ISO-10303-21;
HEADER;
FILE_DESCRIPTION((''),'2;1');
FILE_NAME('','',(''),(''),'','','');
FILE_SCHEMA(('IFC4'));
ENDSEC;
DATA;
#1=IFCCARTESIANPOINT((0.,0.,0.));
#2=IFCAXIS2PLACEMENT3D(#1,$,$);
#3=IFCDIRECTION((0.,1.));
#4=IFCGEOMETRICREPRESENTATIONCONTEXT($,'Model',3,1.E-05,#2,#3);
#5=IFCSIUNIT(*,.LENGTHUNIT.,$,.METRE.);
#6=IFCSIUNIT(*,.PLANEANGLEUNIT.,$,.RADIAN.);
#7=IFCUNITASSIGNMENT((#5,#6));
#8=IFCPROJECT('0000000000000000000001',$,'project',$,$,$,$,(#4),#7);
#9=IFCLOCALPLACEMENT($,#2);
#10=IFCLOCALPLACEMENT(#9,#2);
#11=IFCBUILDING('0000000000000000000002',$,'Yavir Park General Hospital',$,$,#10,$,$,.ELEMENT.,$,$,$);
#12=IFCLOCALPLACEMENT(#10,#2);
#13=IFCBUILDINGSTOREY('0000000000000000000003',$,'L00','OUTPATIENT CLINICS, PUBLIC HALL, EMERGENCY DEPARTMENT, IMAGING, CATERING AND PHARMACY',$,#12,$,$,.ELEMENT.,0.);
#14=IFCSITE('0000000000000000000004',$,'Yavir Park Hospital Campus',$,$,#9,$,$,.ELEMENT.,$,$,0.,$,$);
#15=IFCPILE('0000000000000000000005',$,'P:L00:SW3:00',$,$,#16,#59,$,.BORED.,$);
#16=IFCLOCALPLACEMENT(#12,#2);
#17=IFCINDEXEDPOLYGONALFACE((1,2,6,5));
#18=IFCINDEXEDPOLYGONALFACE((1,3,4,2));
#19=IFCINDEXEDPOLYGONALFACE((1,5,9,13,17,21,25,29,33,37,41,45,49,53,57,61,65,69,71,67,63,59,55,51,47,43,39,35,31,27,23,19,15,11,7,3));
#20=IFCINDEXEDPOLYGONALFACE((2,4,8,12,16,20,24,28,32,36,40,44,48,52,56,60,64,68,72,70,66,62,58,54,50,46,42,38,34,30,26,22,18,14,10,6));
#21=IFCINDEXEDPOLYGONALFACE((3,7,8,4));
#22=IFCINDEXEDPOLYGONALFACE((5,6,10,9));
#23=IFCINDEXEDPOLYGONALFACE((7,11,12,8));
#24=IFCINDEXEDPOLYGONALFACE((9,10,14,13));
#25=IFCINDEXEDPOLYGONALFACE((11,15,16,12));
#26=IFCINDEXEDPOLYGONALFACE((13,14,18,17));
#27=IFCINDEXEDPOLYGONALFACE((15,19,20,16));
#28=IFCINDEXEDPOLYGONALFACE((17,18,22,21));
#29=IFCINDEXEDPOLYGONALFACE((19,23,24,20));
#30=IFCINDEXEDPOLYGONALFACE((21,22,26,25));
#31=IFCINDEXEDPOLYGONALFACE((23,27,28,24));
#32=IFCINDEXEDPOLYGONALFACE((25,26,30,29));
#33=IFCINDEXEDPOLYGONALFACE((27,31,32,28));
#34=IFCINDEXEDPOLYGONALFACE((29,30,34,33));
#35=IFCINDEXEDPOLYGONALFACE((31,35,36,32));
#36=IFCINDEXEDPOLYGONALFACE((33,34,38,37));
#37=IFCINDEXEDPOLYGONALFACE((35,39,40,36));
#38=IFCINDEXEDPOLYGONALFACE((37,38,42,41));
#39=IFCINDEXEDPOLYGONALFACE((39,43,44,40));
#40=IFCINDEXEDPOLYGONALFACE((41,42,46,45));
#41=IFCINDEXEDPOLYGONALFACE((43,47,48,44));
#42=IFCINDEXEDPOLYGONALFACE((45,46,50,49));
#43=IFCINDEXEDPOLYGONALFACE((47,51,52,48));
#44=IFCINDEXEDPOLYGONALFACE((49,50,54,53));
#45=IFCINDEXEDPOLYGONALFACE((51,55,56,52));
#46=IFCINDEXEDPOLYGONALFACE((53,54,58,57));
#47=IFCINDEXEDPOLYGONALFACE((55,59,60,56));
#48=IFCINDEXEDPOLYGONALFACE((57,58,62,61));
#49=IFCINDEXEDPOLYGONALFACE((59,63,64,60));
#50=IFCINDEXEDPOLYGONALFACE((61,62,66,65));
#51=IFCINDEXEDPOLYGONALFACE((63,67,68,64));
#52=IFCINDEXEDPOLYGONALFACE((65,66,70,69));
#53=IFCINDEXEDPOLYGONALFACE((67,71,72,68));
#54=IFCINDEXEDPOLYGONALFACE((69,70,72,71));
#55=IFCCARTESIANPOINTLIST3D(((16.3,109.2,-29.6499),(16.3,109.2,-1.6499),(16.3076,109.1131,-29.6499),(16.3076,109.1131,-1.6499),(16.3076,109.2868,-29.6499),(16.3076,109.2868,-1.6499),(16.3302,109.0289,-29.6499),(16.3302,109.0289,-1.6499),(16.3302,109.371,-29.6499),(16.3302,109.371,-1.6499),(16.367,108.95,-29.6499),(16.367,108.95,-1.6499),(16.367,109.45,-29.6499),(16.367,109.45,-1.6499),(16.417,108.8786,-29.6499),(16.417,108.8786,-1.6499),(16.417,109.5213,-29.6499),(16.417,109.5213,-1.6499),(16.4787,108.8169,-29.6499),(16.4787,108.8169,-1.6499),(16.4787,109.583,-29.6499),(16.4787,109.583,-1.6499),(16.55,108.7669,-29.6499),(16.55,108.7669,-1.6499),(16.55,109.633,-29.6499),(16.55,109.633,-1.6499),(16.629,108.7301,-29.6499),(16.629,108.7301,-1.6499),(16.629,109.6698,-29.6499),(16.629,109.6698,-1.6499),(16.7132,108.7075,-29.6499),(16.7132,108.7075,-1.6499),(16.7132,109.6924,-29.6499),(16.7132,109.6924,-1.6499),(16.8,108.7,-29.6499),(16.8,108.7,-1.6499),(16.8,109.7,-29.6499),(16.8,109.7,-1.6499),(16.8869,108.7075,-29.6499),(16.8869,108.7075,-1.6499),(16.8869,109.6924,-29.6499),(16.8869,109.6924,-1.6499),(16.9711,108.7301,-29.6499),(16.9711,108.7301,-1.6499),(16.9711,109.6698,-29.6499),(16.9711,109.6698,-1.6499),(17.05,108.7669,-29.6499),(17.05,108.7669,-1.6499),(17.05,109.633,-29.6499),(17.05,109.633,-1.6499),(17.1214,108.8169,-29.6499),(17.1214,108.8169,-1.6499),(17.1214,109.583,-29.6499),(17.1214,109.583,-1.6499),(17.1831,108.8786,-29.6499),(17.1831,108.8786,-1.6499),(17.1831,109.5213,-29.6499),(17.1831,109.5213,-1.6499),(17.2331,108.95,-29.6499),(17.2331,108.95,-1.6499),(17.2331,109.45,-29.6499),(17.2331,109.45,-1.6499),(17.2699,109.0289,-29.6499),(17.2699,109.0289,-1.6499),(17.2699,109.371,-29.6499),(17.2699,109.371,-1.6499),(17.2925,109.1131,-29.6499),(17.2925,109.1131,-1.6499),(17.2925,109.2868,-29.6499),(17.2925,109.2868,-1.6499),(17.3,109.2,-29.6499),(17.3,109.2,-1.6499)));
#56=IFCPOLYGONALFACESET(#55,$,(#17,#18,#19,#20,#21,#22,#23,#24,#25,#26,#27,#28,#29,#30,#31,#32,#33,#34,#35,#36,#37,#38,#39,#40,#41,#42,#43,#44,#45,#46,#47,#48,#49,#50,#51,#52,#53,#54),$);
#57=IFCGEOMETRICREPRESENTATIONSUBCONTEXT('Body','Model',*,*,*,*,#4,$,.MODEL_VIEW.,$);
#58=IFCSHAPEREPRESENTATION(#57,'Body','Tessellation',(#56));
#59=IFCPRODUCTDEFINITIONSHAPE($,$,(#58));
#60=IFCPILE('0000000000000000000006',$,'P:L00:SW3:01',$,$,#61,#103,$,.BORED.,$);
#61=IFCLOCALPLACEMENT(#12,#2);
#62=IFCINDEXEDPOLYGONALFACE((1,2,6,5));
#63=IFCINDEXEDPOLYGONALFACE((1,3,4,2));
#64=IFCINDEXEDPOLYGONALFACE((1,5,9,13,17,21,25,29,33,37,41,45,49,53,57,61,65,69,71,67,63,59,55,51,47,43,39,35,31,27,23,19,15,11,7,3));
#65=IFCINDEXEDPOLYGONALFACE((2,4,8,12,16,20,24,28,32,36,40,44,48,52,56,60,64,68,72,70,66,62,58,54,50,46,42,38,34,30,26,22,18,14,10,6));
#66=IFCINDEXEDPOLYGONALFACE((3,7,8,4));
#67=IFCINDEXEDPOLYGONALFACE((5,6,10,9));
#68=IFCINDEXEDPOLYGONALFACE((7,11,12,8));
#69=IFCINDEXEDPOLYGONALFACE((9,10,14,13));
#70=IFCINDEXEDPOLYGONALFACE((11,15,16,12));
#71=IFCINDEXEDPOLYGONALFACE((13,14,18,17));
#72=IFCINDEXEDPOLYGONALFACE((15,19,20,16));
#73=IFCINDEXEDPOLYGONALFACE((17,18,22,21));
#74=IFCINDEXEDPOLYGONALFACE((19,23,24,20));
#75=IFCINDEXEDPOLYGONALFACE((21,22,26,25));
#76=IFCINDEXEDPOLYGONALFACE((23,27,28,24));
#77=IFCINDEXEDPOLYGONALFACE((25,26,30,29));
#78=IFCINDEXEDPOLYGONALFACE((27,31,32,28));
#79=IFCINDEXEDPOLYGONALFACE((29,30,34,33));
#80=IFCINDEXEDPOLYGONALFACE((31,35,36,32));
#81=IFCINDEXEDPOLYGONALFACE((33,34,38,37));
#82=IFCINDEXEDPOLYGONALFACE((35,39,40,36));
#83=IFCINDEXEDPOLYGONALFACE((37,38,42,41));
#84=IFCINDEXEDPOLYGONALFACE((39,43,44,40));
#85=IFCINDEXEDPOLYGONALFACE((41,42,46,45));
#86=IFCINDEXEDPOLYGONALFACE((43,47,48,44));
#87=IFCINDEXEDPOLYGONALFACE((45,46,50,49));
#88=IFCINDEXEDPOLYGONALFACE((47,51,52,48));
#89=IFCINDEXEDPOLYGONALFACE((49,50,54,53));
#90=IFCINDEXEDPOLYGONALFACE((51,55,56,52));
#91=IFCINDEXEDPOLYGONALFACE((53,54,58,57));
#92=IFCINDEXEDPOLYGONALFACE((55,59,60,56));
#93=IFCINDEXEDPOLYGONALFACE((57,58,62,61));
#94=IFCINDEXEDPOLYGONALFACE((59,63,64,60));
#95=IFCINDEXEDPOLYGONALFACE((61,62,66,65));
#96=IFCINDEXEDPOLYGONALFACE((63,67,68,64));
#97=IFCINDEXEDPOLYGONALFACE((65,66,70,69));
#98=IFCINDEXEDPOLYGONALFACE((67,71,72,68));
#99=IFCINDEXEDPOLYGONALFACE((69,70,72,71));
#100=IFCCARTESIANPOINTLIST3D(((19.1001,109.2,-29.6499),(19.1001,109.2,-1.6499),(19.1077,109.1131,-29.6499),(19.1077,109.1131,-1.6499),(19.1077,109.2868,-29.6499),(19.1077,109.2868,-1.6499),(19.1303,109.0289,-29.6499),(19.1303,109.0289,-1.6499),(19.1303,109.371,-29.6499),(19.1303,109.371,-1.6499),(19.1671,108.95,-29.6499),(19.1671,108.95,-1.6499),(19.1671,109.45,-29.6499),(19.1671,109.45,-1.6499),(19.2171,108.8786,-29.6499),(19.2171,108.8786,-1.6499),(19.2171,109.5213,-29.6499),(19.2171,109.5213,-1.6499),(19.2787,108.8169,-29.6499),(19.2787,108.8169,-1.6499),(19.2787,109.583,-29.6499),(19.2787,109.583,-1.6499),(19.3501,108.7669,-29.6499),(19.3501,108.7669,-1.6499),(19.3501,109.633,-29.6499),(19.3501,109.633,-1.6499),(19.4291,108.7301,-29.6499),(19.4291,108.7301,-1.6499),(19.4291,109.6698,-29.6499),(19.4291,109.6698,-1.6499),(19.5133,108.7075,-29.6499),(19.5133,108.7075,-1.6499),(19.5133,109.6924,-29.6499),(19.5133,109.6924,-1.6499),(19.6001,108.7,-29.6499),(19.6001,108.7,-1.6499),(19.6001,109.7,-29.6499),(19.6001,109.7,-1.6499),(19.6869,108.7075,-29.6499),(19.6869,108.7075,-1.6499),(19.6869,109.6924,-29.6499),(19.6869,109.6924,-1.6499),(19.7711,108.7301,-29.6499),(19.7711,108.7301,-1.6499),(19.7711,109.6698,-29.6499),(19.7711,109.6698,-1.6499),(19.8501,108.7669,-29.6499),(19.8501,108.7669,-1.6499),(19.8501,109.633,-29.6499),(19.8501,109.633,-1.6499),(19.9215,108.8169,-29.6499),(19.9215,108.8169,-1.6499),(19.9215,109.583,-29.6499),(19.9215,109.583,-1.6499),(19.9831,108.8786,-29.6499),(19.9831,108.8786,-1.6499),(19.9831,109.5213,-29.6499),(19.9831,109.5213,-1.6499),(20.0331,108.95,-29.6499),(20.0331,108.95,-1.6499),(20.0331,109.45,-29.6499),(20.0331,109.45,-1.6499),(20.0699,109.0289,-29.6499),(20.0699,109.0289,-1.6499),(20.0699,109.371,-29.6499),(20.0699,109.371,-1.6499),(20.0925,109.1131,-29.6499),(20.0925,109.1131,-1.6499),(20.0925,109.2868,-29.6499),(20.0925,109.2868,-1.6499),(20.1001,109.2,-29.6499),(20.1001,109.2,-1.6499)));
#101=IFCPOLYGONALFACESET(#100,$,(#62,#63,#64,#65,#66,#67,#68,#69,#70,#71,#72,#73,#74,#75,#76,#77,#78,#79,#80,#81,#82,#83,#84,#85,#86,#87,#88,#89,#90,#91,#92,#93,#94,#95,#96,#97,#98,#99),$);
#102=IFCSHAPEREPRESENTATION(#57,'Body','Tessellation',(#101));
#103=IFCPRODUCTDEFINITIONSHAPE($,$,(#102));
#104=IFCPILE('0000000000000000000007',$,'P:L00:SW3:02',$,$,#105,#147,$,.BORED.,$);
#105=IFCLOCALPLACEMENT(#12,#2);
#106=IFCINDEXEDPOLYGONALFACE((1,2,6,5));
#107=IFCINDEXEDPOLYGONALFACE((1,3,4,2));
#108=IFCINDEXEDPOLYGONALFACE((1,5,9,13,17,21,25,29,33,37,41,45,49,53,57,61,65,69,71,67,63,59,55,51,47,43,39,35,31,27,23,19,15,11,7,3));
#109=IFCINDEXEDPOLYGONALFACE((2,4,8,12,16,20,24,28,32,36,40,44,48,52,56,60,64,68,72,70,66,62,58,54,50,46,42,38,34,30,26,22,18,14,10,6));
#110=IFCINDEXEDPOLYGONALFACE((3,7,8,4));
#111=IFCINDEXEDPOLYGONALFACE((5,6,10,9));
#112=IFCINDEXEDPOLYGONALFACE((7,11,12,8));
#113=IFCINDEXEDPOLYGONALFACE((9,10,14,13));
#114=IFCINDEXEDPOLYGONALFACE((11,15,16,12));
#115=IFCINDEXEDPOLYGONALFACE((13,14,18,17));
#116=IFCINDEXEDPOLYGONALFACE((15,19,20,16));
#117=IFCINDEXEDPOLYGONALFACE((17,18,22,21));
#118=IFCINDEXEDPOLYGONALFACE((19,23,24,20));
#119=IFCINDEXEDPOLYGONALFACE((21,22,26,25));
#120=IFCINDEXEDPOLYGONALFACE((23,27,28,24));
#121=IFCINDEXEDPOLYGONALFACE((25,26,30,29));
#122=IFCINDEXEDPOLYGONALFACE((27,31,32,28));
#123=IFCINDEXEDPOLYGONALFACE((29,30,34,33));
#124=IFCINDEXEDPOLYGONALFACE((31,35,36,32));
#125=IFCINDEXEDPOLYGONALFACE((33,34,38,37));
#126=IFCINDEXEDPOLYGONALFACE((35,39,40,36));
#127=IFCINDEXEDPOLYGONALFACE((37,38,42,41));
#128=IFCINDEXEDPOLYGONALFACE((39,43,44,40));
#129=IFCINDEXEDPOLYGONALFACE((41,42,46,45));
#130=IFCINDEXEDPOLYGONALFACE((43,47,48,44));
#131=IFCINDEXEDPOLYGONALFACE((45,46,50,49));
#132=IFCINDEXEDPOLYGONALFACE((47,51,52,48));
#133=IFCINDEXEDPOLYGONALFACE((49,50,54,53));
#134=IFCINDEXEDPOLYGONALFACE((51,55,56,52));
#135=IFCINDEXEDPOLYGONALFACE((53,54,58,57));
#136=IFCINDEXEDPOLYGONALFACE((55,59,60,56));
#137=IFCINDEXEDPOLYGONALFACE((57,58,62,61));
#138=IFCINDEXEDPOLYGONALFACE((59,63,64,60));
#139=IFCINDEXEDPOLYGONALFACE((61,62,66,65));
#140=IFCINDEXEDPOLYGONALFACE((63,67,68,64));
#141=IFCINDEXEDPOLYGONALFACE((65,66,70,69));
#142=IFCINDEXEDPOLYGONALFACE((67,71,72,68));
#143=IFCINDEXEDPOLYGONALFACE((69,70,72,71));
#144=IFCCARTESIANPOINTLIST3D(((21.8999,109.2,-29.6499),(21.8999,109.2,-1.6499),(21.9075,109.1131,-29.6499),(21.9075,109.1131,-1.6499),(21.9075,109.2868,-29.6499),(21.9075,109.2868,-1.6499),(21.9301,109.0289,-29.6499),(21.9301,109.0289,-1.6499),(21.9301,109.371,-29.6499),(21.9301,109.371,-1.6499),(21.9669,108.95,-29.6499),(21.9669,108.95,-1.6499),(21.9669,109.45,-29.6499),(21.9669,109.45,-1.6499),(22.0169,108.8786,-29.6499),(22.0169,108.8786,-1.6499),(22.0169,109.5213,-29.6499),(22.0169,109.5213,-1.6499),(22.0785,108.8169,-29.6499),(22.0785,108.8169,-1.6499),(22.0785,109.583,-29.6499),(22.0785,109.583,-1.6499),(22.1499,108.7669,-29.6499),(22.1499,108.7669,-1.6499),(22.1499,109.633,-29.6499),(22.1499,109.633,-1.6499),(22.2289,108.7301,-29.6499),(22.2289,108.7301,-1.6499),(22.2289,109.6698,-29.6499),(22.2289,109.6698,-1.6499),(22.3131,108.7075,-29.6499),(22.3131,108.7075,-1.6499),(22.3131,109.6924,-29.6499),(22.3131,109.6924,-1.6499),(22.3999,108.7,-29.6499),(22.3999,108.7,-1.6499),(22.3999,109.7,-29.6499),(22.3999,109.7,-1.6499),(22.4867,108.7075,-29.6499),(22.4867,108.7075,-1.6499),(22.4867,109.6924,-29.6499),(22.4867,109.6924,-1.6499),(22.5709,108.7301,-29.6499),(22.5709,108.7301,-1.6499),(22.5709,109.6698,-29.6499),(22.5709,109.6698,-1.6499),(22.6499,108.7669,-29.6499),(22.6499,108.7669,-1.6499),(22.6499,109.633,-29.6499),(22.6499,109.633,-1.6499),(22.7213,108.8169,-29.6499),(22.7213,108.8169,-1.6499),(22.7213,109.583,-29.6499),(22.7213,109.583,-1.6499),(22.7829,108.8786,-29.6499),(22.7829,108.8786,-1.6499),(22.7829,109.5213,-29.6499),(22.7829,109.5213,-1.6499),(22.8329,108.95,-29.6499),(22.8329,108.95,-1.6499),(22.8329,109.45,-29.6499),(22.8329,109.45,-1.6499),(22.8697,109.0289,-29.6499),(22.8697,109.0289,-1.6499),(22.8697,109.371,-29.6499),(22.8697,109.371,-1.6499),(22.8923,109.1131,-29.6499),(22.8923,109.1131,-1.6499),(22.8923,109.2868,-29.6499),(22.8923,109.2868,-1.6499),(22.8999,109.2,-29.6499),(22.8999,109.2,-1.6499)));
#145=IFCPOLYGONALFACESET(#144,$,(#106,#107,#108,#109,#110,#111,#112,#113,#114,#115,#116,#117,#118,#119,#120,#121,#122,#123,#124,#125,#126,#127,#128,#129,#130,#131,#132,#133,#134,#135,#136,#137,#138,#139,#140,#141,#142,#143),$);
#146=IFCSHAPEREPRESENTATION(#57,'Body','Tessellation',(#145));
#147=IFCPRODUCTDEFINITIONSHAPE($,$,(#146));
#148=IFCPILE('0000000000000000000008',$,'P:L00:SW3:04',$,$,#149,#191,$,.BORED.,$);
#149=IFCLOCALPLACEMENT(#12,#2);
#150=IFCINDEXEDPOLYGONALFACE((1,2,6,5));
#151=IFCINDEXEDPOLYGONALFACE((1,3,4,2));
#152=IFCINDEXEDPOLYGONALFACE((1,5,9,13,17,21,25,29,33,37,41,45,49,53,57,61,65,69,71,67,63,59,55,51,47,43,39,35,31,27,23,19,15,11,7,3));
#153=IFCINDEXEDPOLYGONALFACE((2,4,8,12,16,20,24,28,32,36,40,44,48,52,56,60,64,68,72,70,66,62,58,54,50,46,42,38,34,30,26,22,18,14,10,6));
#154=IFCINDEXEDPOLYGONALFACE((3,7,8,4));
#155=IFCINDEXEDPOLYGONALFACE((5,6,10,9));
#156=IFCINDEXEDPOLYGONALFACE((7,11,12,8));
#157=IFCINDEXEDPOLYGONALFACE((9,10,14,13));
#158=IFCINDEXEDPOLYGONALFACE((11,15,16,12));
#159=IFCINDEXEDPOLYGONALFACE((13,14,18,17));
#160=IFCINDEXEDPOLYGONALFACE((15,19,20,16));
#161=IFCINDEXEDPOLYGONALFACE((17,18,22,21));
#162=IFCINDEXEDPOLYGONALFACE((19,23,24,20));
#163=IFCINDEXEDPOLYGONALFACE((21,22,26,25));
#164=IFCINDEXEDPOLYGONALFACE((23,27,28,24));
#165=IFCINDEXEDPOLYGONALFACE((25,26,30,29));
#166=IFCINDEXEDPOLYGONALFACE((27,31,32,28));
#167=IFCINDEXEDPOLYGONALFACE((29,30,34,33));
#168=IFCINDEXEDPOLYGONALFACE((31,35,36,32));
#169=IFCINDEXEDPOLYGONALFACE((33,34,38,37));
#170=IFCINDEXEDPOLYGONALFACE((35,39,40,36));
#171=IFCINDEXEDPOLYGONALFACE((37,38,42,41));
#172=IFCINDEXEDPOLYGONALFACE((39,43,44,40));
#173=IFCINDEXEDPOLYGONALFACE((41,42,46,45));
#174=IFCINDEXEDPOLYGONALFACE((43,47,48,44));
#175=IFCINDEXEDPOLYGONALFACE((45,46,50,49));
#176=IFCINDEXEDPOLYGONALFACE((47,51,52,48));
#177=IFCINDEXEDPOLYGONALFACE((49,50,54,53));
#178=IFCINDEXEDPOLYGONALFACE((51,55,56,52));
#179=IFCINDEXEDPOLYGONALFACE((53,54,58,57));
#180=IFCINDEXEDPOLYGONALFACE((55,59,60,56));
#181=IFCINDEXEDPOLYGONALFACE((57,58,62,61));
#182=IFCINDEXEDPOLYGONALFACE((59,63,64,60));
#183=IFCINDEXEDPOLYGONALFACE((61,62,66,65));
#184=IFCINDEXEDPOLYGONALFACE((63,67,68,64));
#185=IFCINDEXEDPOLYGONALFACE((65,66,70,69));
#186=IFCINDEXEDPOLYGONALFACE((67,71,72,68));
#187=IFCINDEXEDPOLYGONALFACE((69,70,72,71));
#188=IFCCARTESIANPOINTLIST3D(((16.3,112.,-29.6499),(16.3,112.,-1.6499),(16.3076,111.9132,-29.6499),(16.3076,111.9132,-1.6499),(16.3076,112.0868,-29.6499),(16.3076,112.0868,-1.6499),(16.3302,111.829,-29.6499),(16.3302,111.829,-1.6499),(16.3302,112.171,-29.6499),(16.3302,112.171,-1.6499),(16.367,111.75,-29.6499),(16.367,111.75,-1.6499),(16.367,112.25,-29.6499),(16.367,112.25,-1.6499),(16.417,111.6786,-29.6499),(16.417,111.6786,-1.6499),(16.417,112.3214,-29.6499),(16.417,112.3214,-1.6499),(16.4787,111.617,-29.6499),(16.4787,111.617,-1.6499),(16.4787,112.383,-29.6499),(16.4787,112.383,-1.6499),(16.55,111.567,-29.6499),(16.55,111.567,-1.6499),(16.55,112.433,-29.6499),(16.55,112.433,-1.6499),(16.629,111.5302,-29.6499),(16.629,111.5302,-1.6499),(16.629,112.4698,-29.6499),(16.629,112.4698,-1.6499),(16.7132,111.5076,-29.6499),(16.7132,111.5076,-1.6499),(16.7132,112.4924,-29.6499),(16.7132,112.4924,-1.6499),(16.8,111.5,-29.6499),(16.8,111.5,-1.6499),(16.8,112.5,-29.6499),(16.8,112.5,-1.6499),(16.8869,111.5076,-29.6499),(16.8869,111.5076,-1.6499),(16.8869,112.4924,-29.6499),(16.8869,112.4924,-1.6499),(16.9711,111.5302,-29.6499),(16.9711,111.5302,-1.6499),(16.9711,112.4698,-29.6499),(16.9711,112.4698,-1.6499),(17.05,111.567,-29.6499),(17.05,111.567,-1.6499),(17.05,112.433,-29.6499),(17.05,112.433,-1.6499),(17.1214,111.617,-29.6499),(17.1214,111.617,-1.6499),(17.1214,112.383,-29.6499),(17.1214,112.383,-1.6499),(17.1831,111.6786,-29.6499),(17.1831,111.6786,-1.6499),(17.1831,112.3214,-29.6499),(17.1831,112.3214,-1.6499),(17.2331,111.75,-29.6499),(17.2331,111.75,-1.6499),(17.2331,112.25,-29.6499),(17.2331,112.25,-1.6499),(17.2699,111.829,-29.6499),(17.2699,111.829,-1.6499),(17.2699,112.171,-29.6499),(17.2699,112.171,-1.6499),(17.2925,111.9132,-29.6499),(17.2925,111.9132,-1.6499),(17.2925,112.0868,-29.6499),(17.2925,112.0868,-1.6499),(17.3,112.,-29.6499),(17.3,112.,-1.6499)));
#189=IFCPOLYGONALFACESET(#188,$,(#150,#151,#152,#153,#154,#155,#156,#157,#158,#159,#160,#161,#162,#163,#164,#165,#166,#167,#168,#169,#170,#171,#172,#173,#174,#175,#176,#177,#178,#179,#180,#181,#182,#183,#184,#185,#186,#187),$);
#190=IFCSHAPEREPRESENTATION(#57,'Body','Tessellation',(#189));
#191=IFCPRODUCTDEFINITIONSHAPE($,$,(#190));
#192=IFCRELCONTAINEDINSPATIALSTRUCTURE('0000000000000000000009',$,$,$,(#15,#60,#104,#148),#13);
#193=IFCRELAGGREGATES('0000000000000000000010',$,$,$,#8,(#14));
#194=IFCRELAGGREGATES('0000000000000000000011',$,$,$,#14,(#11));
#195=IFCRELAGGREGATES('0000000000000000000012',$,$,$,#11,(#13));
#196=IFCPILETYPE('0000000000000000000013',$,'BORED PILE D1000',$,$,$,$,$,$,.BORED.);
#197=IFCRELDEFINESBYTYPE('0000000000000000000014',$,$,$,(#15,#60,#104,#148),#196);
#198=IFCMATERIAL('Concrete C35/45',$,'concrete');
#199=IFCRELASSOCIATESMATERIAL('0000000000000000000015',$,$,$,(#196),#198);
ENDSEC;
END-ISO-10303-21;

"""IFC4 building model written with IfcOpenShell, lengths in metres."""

from ifc_helpers import new_model, si_unit, direction, frame, origin, origin_2d, place, context, subcontext, project, spatial, circle, extrude, material, material_profile, profile_set, type_object, element, save


model = new_model("IFC4")

# Units and contexts
model_context = context("Model", 3, precision=1e-05, world=origin(), true_north=direction((0.0, 1.0)))
body_context = subcontext(model_context, "Body", "Model", "MODEL_VIEW")
ifc_project = project(units=[si_unit("LENGTHUNIT", "METRE"), si_unit("PLANEANGLEUNIT", "RADIAN")], contexts=[model_context])

# Site, building, storey
site_placement = place(None, origin())
site = spatial("IfcSite", under=ifc_project, at=site_placement, Name="Yavir Park Hospital Campus", CompositionType="ELEMENT", RefElevation=0.0)
building_placement = place(site_placement, origin())
building = spatial("IfcBuilding", under=site, at=building_placement, Name="Yavir Park General Hospital", CompositionType="ELEMENT")
storey_placement = place(building_placement, origin())
storey = spatial("IfcBuildingStorey", under=building, at=storey_placement, Name="L00", Description="OUTPATIENT CLINICS, PUBLIC HALL, EMERGENCY DEPARTMENT, IMAGING, CATERING AND PHARMACY", CompositionType="ELEMENT", Elevation=0.0)

# Piles
ifc_material_1 = material(Name="Concrete C35/45", Category="concrete")
ifc_material_profile_1 = material_profile(ifc_material_1, circle(Radius=0.5, at=origin_2d()), Name="D1000")
ifc_profile_set_1 = profile_set([ifc_material_profile_1], Name="Concrete C35/45")
pile_type = type_object("IfcPileType", Name="BORED PILE D1000", PredefinedType="BORED", material=ifc_profile_set_1)
for number, where, z_axis, x_axis, name in (
    (1, (16.8, 109.2, -1.6499), (0.0, 0.0, -1.0), (1.0, 0.0, 0.0), "P:L00:SW3:00"),
    (2, (19.6001, 109.2, -1.6499), (0.0, 0.0, -1.0), (1.0, 0.0, 0.0), "P:L00:SW3:01"),
    (3, (22.3999, 109.2, -1.6499), (0.0, 0.0, -1.0), (1.0, 0.0, 0.0), "P:L00:SW3:02"),
    (4, (16.8, 112.0, -1.6499), (0.0, 0.0, -1.0), (1.0, 0.0, 0.0), "P:L00:SW3:04"),
):
    element("IfcPile", number, at=place(storey_placement, frame(where, z_axis=z_axis, x_axis=x_axis)), inside=storey, type_object=pile_type, Name=name, PredefinedType="BORED", context=body_context, shape_type="SweptSolid", body=[
        extrude(circle(Radius=0.5, at=origin_2d()), origin(), (0.0, 0.0, 1.0), 28.0),
    ])

save(model, "model.ifc")
